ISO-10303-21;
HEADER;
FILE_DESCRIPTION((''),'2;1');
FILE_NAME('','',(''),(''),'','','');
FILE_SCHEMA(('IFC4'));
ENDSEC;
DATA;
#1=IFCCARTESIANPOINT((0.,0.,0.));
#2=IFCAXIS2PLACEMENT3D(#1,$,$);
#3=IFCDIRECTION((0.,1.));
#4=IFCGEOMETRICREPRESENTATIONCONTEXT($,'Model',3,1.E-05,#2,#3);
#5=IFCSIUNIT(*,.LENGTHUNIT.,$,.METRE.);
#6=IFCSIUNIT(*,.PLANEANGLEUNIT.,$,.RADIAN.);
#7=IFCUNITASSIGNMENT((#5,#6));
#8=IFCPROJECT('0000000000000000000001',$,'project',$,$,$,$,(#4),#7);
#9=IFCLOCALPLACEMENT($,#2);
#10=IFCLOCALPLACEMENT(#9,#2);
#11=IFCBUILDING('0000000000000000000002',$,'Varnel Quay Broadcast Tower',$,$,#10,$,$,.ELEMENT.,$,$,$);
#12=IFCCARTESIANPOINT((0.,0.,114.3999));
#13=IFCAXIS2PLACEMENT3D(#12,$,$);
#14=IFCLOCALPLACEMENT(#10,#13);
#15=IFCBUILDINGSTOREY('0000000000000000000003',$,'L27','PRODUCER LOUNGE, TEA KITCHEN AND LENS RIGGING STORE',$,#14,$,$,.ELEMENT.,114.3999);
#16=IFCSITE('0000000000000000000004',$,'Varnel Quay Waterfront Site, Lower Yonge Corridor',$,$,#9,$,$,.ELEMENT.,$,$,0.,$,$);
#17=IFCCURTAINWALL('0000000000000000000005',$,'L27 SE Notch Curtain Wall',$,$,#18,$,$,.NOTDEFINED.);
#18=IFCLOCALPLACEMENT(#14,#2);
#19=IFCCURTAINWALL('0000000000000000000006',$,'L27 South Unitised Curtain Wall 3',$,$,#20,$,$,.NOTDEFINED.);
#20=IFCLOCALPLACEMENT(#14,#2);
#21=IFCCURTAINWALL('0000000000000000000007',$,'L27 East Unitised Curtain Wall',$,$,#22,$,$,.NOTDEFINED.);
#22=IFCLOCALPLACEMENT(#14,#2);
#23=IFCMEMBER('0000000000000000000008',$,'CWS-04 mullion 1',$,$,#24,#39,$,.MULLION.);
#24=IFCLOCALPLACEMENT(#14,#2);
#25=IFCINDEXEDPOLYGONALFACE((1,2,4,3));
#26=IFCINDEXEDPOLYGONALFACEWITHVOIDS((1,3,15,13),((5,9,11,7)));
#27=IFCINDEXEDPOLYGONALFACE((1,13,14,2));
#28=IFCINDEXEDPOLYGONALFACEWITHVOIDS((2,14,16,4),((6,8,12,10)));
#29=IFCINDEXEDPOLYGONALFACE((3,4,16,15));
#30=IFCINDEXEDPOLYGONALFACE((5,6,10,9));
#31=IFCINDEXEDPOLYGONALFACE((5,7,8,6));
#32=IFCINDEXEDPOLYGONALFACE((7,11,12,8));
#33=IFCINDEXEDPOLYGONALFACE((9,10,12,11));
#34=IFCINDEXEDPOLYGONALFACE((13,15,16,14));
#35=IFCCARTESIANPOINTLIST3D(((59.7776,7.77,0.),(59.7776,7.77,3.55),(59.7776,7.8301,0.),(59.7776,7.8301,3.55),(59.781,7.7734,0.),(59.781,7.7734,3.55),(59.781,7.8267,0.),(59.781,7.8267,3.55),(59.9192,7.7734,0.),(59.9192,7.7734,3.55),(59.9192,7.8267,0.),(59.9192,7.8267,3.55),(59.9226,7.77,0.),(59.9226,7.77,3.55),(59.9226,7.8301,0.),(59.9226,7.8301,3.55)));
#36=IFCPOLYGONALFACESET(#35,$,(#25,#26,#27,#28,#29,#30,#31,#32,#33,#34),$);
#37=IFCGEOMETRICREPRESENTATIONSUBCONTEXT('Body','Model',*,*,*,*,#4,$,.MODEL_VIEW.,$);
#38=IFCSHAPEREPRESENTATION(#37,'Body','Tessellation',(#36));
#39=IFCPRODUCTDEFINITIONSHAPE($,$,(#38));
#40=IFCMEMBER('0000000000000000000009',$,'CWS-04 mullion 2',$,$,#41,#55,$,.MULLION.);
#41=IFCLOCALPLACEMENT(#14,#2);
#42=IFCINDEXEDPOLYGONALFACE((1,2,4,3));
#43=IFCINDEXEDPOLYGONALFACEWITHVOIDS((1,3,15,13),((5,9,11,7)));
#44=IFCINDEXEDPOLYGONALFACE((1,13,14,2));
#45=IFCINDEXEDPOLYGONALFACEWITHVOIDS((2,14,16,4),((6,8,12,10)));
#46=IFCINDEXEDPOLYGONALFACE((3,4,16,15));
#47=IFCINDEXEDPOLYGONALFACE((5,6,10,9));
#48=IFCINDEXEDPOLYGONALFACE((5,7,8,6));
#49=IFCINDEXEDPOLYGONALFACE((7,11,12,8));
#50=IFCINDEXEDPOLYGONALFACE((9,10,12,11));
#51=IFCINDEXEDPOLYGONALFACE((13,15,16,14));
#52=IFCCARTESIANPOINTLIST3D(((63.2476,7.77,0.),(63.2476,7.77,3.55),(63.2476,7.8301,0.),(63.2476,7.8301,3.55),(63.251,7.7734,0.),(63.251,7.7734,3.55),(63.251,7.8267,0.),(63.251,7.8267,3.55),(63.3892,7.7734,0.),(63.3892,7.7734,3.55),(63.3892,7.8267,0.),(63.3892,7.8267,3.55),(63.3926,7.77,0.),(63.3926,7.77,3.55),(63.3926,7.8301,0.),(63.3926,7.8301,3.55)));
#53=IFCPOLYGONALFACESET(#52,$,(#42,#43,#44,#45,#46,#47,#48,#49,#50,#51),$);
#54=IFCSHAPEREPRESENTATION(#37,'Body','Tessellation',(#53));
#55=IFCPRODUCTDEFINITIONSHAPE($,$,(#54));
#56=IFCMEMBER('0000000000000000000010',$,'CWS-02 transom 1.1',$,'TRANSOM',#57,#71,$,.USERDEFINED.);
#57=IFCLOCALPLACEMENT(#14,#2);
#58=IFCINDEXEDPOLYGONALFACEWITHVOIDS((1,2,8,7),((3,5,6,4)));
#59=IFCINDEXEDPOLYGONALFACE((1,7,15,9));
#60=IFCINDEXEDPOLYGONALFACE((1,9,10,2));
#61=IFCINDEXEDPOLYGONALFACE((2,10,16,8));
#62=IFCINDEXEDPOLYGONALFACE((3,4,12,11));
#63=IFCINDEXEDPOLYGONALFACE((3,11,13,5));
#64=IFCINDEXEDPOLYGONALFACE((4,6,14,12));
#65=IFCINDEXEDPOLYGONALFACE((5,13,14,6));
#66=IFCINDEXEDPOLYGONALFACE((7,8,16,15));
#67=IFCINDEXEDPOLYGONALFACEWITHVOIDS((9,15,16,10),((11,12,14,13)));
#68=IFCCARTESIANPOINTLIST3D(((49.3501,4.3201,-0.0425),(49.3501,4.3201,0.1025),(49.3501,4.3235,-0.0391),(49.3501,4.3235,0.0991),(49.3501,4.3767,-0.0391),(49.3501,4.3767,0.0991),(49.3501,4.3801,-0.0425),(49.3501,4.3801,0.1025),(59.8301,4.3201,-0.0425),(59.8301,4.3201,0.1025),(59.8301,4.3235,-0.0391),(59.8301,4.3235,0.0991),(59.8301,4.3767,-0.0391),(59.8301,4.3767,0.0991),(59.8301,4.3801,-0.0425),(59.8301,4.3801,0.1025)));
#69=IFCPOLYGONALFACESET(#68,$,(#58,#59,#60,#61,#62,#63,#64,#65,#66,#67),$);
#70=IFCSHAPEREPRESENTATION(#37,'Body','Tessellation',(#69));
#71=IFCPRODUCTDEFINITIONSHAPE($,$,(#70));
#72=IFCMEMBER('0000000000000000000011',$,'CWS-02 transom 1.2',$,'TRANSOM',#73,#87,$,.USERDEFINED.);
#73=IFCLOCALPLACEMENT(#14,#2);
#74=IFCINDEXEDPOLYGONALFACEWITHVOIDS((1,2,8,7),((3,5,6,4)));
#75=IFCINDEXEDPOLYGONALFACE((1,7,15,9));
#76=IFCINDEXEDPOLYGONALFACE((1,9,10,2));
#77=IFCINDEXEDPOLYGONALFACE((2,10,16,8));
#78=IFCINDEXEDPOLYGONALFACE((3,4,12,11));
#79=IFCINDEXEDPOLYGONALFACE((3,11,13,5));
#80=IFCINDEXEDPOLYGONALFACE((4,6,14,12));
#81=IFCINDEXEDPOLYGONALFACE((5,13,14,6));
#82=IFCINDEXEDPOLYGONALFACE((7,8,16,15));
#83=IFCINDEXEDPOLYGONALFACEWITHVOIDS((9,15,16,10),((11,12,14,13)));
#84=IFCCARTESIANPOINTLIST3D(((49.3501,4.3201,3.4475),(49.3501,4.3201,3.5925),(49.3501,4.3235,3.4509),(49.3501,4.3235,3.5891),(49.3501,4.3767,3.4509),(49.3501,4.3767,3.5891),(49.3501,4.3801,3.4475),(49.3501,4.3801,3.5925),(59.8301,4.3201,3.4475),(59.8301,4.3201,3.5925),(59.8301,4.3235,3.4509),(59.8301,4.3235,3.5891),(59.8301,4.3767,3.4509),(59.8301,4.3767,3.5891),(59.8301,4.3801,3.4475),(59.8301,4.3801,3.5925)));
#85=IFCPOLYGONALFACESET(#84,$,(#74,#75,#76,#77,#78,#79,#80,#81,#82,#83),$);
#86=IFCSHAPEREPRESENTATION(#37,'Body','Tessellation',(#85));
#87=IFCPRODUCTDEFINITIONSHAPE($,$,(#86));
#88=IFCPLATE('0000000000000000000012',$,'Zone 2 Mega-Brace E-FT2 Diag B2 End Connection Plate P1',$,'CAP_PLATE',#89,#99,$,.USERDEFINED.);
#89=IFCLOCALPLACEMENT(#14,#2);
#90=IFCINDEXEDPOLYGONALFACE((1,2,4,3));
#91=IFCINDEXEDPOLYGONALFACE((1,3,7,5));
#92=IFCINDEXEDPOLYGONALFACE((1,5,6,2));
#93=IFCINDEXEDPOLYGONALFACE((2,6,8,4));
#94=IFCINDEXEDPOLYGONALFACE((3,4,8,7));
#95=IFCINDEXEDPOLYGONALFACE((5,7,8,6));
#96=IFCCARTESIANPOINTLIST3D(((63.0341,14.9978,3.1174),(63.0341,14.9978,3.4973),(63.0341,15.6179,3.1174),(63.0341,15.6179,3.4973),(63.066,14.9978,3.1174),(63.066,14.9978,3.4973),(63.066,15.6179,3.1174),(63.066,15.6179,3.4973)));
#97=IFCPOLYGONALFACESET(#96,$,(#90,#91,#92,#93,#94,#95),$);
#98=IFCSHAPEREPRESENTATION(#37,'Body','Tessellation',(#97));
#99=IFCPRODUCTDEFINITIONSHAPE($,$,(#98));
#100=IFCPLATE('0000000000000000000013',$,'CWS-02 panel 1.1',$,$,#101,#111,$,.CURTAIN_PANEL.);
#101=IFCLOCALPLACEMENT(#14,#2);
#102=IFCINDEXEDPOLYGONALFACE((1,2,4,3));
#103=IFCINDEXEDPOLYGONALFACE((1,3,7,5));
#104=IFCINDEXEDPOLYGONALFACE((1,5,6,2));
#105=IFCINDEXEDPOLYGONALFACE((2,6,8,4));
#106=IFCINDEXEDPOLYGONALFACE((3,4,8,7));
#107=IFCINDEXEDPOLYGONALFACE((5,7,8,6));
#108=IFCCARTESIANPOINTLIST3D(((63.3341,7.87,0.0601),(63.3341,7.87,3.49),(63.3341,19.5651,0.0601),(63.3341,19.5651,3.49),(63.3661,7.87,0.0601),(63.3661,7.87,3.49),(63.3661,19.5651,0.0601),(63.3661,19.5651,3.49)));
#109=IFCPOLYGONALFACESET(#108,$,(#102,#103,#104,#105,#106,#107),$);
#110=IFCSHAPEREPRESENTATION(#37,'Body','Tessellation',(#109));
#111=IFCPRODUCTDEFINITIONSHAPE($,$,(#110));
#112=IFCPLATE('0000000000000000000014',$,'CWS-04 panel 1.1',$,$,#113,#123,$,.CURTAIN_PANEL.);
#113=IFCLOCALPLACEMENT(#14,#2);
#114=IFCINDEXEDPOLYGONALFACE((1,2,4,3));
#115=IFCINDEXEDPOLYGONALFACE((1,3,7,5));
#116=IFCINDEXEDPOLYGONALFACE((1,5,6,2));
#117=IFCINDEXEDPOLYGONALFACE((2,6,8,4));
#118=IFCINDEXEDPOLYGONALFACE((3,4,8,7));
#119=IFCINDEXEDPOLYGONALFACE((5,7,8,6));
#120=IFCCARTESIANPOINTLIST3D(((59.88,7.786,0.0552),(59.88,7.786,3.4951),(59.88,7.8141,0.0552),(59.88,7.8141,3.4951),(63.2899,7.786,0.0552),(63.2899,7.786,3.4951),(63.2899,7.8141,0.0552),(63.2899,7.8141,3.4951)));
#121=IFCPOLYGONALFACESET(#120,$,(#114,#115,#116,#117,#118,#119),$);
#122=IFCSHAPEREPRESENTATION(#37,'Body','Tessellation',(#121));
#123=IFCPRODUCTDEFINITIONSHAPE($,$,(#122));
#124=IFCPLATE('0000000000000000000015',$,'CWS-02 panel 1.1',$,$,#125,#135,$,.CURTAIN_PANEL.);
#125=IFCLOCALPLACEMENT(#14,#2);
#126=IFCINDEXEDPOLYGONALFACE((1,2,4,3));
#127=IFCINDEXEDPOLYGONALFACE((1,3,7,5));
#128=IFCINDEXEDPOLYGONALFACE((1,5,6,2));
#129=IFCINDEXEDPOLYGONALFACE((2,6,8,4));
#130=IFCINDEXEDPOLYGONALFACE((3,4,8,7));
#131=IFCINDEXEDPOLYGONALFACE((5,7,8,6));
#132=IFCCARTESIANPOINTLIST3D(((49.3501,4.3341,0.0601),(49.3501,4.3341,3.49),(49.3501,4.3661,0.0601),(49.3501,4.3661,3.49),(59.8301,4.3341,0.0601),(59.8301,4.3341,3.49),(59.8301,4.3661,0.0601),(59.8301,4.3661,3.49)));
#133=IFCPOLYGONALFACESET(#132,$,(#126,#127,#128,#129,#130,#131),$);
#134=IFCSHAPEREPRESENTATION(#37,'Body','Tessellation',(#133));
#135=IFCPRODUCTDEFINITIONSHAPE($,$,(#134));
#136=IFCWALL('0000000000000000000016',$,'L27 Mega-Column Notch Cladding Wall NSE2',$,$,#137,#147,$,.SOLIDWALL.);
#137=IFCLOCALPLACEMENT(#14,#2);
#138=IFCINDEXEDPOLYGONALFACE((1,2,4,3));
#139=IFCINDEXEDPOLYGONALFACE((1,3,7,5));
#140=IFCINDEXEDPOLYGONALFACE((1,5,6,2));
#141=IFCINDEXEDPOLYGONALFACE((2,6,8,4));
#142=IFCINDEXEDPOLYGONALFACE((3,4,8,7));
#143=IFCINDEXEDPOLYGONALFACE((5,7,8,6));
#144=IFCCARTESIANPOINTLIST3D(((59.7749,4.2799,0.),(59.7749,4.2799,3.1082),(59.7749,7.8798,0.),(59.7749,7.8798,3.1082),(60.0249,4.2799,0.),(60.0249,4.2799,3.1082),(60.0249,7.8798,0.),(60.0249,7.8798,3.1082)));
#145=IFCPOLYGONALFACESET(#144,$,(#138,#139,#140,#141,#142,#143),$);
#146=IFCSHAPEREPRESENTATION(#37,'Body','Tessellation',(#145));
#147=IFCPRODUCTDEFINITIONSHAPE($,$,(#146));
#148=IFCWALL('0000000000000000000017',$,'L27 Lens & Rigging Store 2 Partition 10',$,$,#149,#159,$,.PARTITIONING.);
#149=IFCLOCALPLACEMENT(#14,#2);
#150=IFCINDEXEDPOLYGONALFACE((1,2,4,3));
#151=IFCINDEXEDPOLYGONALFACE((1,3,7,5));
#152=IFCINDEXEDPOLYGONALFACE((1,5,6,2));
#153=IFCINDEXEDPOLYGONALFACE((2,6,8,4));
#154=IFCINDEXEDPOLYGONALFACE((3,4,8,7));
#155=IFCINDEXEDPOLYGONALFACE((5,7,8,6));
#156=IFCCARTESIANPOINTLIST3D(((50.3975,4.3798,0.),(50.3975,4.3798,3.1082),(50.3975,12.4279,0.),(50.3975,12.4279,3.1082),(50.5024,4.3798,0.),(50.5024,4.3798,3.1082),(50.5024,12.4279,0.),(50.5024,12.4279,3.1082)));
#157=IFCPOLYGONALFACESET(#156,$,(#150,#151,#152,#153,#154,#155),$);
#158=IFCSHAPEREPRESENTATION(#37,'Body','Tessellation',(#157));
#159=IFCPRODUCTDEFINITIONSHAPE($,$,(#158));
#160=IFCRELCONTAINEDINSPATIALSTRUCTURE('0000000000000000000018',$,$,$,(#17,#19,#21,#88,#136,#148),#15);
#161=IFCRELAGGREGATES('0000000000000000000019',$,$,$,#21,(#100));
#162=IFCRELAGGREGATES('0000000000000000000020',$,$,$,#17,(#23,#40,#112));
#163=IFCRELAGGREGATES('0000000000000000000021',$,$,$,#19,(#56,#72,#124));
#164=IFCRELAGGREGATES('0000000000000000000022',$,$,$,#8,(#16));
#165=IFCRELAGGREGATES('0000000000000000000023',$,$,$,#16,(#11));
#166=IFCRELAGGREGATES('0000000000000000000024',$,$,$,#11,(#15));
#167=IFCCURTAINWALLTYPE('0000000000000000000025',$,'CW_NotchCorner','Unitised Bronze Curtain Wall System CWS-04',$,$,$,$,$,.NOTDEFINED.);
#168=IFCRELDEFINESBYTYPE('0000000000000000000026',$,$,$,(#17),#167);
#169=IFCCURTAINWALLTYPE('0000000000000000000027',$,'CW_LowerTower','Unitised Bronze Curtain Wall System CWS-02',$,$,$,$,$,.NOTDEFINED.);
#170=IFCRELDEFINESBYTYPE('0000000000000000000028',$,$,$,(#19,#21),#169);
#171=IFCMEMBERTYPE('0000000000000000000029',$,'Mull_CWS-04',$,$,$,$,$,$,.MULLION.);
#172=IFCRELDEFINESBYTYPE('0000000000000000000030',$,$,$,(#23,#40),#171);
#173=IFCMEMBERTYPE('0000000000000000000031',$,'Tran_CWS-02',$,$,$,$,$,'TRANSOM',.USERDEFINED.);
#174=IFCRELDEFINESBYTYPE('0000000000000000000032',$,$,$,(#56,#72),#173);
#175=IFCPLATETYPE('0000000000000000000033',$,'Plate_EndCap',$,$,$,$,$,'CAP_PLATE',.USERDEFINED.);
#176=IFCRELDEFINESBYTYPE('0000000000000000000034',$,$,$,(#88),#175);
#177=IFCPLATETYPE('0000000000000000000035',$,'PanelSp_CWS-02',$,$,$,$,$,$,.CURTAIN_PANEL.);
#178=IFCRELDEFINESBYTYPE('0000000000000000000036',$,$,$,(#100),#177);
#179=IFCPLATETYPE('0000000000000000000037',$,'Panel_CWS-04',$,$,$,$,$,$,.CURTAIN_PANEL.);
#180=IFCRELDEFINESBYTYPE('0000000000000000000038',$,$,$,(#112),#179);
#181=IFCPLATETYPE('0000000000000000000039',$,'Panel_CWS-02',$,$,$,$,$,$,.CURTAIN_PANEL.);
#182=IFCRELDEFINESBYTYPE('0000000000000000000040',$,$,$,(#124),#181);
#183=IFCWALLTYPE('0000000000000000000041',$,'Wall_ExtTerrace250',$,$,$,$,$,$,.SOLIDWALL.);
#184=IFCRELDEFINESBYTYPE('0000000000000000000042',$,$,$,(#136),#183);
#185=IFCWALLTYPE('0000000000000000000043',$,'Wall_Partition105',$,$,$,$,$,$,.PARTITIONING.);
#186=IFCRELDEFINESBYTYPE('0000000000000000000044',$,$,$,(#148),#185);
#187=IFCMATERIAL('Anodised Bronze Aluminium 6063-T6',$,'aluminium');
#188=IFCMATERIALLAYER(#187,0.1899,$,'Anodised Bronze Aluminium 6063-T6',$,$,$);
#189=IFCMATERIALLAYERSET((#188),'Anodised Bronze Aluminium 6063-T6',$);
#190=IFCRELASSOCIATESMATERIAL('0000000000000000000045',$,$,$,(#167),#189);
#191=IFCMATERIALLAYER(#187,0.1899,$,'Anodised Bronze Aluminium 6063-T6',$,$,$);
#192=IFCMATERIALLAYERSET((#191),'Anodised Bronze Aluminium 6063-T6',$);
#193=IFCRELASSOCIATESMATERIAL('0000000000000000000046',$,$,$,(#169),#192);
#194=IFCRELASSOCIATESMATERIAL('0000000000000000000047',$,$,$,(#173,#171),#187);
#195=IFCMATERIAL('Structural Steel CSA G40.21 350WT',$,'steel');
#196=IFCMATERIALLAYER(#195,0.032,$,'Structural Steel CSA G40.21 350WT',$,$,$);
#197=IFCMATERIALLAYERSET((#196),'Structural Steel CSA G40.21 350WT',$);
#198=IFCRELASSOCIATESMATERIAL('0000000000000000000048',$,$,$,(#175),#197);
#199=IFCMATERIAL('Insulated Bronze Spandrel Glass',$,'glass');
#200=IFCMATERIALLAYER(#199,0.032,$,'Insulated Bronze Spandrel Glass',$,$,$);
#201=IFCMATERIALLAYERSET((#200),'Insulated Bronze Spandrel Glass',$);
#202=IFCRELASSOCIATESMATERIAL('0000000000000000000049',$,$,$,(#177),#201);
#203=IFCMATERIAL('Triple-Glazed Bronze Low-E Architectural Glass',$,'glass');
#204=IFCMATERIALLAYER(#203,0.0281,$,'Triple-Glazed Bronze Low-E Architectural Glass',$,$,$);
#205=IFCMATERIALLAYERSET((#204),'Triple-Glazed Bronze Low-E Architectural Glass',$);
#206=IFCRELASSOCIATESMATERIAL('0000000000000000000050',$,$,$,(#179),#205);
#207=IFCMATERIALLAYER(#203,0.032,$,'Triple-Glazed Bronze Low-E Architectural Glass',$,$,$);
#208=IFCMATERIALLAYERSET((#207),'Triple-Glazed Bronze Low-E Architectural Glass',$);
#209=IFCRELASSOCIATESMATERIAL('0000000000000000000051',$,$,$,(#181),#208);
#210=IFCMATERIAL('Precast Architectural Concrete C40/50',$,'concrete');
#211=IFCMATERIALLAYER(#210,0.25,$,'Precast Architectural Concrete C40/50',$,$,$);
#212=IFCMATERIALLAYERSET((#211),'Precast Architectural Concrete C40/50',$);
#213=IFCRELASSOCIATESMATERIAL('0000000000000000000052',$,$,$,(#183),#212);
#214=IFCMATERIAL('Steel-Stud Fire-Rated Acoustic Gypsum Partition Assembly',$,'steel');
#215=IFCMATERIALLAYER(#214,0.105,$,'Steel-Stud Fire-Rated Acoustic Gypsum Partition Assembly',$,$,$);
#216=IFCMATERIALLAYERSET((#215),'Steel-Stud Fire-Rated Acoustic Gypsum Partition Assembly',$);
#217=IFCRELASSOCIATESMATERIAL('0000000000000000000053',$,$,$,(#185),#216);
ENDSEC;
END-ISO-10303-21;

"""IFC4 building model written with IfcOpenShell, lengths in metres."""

from ifc_helpers import new_model, si_unit, direction, frame, frame_2d, origin, origin_2d, place, context, subcontext, project, spatial, rectangle, hollow_rectangle, extrude, source, transform, mapped, material, layer, layer_set, material_profile, profile_set, type_object, type_shapes, element, aggregate, save


model = new_model("IFC4")

# Units and contexts
model_context = context("Model", 3, precision=1e-05, world=origin(), true_north=direction((0.0, 1.0)))
body_context = subcontext(model_context, "Body", "Model", "MODEL_VIEW")
ifc_project = project(units=[si_unit("LENGTHUNIT", "METRE"), si_unit("PLANEANGLEUNIT", "RADIAN")], contexts=[model_context])

# Site, building, storey
site_placement = place(None, origin())
site = spatial("IfcSite", under=ifc_project, at=site_placement, Name="Varnel Quay Waterfront Site, Lower Yonge Corridor", CompositionType="ELEMENT", RefElevation=0.0)
building_placement = place(site_placement, origin())
building = spatial("IfcBuilding", under=site, at=building_placement, Name="Varnel Quay Broadcast Tower", CompositionType="ELEMENT")
storey_placement = place(building_placement, frame((0.0, 0.0, 114.3999)))
storey = spatial("IfcBuildingStorey", under=building, at=storey_placement, Name="L27", Description="PRODUCER LOUNGE, TEA KITCHEN AND LENS RIGGING STORE", CompositionType="ELEMENT", Elevation=114.3999)

# Shared definitions
ifc_material_1 = material(Name="Structural Steel CSA G40.21 350WT", Category="steel")

# Curtain walls
ifc_material_2 = material(Name="Anodised Bronze Aluminium 6063-T6", Category="aluminium")
ifc_layer_1 = layer(ifc_material_2, 0.1899, Name="Anodised Bronze Aluminium 6063-T6")
ifc_layer_set_1 = layer_set([ifc_layer_1], Name="Anodised Bronze Aluminium 6063-T6")
curtain_wall_type_1 = type_object("IfcCurtainWallType", Name="CW_NotchCorner", Description="Unitised Bronze Curtain Wall System CWS-04", PredefinedType="NOTDEFINED", material=ifc_layer_set_1)
curtain_wall_1_placement = place(storey_placement, origin())
curtain_wall_1 = element("IfcCurtainWall", 1, at=curtain_wall_1_placement, inside=storey, type_object=curtain_wall_type_1, Name="L27 SE Notch Curtain Wall", PredefinedType="NOTDEFINED")
ifc_layer_2 = layer(ifc_material_2, 0.1899, Name="Anodised Bronze Aluminium 6063-T6")
ifc_layer_set_2 = layer_set([ifc_layer_2], Name="Anodised Bronze Aluminium 6063-T6")
curtain_wall_type_2 = type_object("IfcCurtainWallType", Name="CW_LowerTower", Description="Unitised Bronze Curtain Wall System CWS-02", PredefinedType="NOTDEFINED", material=ifc_layer_set_2)
curtain_wall_2_placement = place(storey_placement, origin())
curtain_wall_2 = element("IfcCurtainWall", 2, at=curtain_wall_2_placement, inside=storey, type_object=curtain_wall_type_2, Name="L27 South Unitised Curtain Wall 3", PredefinedType="NOTDEFINED")
curtain_wall_3_placement = place(storey_placement, origin())
curtain_wall_3 = element("IfcCurtainWall", 3, at=curtain_wall_3_placement, inside=storey, type_object=curtain_wall_type_2, Name="L27 East Unitised Curtain Wall", PredefinedType="NOTDEFINED")
ifc_material_profile_1 = material_profile(ifc_material_2, hollow_rectangle(XDim=0.0601, YDim=0.145, WallThickness=0.0034, at=origin_2d()), Name="ALU60X145X3.5")
ifc_profile_set_1 = profile_set([ifc_material_profile_1], Name="Anodised Bronze Aluminium 6063-T6")
member_type_1 = type_object("IfcMemberType", Name="Tran_CWS-02", ElementType="TRANSOM", PredefinedType="USERDEFINED", material=ifc_profile_set_1)

# Members
ifc_material_profile_2 = material_profile(ifc_material_2, hollow_rectangle(XDim=0.0601, YDim=0.145, WallThickness=0.0034, at=origin_2d()), Name="ALU60X145X3.5")
ifc_profile_set_2 = profile_set([ifc_material_profile_2], Name="Anodised Bronze Aluminium 6063-T6")
member_type_2 = type_object("IfcMemberType", Name="Mull_CWS-04", PredefinedType="MULLION", material=ifc_profile_set_2)
shared_shape_1 = source(origin(), body_context, "Body", "SweptSolid", [
    extrude(hollow_rectangle(XDim=0.0601, YDim=0.145, WallThickness=0.0034, at=origin_2d()), origin(), (0.0, 0.0, 1.0), 3.55),
])
type_shapes(member_type_2, [shared_shape_1])
member_1_placement = place(storey_placement, frame((59.8501, 7.8, 0.0), z_axis=(0.0, 0.0, 1.0), x_axis=(0.0, 1.0, 0.0)))
member_1 = element("IfcMember", 4, at=member_1_placement, type_object=member_type_2, Name="CWS-04 mullion 1", PredefinedType="MULLION", context=body_context, shape_type="MappedRepresentation", body=[
    mapped(shared_shape_1, transform((0.0, 0.0, 0.0), x_axis=(1.0, 0.0, 0.0), y_axis=(0.0, 1.0, 0.0), z_axis=(0.0, 0.0, 1.0), scale=1.0)),
])
member_2_placement = place(storey_placement, frame((63.3201, 7.8, 0.0), z_axis=(0.0, 0.0, 1.0), x_axis=(0.0, 1.0, 0.0)))
member_2 = element("IfcMember", 5, at=member_2_placement, type_object=member_type_2, Name="CWS-04 mullion 2", PredefinedType="MULLION", context=body_context, shape_type="MappedRepresentation", body=[
    mapped(shared_shape_1, transform((0.0, 0.0, 0.0), x_axis=(1.0, 0.0, 0.0), y_axis=(0.0, 1.0, 0.0), z_axis=(0.0, 0.0, 1.0), scale=1.0)),
])
shared_shape_2 = source(origin(), body_context, "Body", "SweptSolid", [
    extrude(hollow_rectangle(XDim=0.0601, YDim=0.145, WallThickness=0.0034, at=origin_2d()), origin(), (0.0, 0.0, 1.0), 10.48),
])
member_3_placement = place(storey_placement, frame((49.3501, 4.3501, 0.03), z_axis=(1.0, 0.0, 0.0), x_axis=(0.0, 1.0, 0.0)))
member_3 = element("IfcMember", 6, at=member_3_placement, type_object=member_type_1, Name="CWS-02 transom 1.1", ObjectType="TRANSOM", PredefinedType="USERDEFINED", context=body_context, shape_type="MappedRepresentation", body=[
    mapped(shared_shape_2, transform((0.0, 0.0, 0.0), x_axis=(1.0, 0.0, 0.0), y_axis=(0.0, 1.0, 0.0), z_axis=(0.0, 0.0, 1.0), scale=1.0)),
])
member_4_placement = place(storey_placement, frame((49.3501, 4.3501, 3.52), z_axis=(1.0, 0.0, 0.0), x_axis=(0.0, 1.0, 0.0)))
member_4 = element("IfcMember", 7, at=member_4_placement, type_object=member_type_1, Name="CWS-02 transom 1.2", ObjectType="TRANSOM", PredefinedType="USERDEFINED", context=body_context, shape_type="MappedRepresentation", body=[
    mapped(shared_shape_2, transform((0.0, 0.0, 0.0), x_axis=(1.0, 0.0, 0.0), y_axis=(0.0, 1.0, 0.0), z_axis=(0.0, 0.0, 1.0), scale=1.0)),
])

# Plates
ifc_layer_3 = layer(ifc_material_1, 0.032, Name="Structural Steel CSA G40.21 350WT")
ifc_layer_set_3 = layer_set([ifc_layer_3], Name="Structural Steel CSA G40.21 350WT")
plate_type_1 = type_object("IfcPlateType", Name="Plate_EndCap", ElementType="CAP_PLATE", PredefinedType="USERDEFINED", material=ifc_layer_set_3)
shared_shape_3 = source(origin(), body_context, "Body", "SweptSolid", [
    extrude(rectangle(XDim=0.6201, YDim=0.032, at=origin_2d()), origin(), (0.0, 0.0, 1.0), 0.3799),
])
type_shapes(plate_type_1, [shared_shape_3])
plate_1_placement = place(storey_placement, frame((63.05, 15.3079, 3.1174), z_axis=(0.0, 0.0, 1.0), x_axis=(0.0, 1.0, 0.0)))
element("IfcPlate", 8, at=plate_1_placement, inside=storey, type_object=plate_type_1, Name="Zone 2 Mega-Brace E-FT2 Diag B2 End Connection Plate P1", ObjectType="CAP_PLATE", PredefinedType="USERDEFINED", context=body_context, shape_type="MappedRepresentation", body=[
    mapped(shared_shape_3, transform((0.0, 0.0, 0.0), x_axis=(1.0, 0.0, 0.0), y_axis=(0.0, 1.0, 0.0), z_axis=(0.0, 0.0, 1.0), scale=1.0)),
])
ifc_material_3 = material(Name="Insulated Bronze Spandrel Glass", Category="glass")
ifc_layer_4 = layer(ifc_material_3, 0.032, Name="Insulated Bronze Spandrel Glass")
ifc_layer_set_4 = layer_set([ifc_layer_4], Name="Insulated Bronze Spandrel Glass")
plate_type_2 = type_object("IfcPlateType", Name="PanelSp_CWS-02", PredefinedType="CURTAIN_PANEL", material=ifc_layer_set_4)
shared_shape_4 = source(origin(), body_context, "Body", "SweptSolid", [
    extrude(rectangle(XDim=11.6951, YDim=0.032, at=origin_2d()), origin(), (0.0, 0.0, 1.0), 3.4299),
])
type_shapes(plate_type_2, [shared_shape_4])
plate_2_placement = place(storey_placement, frame((63.3501, 13.7175, 0.0601), z_axis=(0.0, 0.0, 1.0), x_axis=(0.0, 1.0, 0.0)))
plate_2 = element("IfcPlate", 9, at=plate_2_placement, type_object=plate_type_2, Name="CWS-02 panel 1.1", PredefinedType="CURTAIN_PANEL", context=body_context, shape_type="MappedRepresentation", body=[
    mapped(shared_shape_4, transform((0.0, 0.0, 0.0), x_axis=(1.0, 0.0, 0.0), y_axis=(0.0, 1.0, 0.0), z_axis=(0.0, 0.0, 1.0), scale=1.0)),
])
aggregate(curtain_wall_3, [plate_2])
ifc_material_4 = material(Name="Triple-Glazed Bronze Low-E Architectural Glass", Category="glass")
ifc_layer_5 = layer(ifc_material_4, 0.0281, Name="Triple-Glazed Bronze Low-E Architectural Glass")
ifc_layer_set_5 = layer_set([ifc_layer_5], Name="Triple-Glazed Bronze Low-E Architectural Glass")
plate_type_3 = type_object("IfcPlateType", Name="Panel_CWS-04", PredefinedType="CURTAIN_PANEL", material=ifc_layer_set_5)
shared_shape_5 = source(origin(), body_context, "Body", "SweptSolid", [
    extrude(rectangle(XDim=3.4099, YDim=0.0281, at=origin_2d()), origin(), (0.0, 0.0, 1.0), 3.4399),
])
type_shapes(plate_type_3, [shared_shape_5])
plate_3_placement = place(storey_placement, frame((61.585, 7.8, 0.0552), z_axis=(0.0, 0.0, 1.0), x_axis=(1.0, 0.0, 0.0)))
plate_3 = element("IfcPlate", 10, at=plate_3_placement, type_object=plate_type_3, Name="CWS-04 panel 1.1", PredefinedType="CURTAIN_PANEL", context=body_context, shape_type="MappedRepresentation", body=[
    mapped(shared_shape_5, transform((0.0, 0.0, 0.0), x_axis=(1.0, 0.0, 0.0), y_axis=(0.0, 1.0, 0.0), z_axis=(0.0, 0.0, 1.0), scale=1.0)),
])
aggregate(curtain_wall_1, [member_1, member_2, plate_3])
ifc_layer_6 = layer(ifc_material_4, 0.032, Name="Triple-Glazed Bronze Low-E Architectural Glass")
ifc_layer_set_6 = layer_set([ifc_layer_6], Name="Triple-Glazed Bronze Low-E Architectural Glass")
plate_type_4 = type_object("IfcPlateType", Name="Panel_CWS-02", PredefinedType="CURTAIN_PANEL", material=ifc_layer_set_6)
shared_shape_6 = source(origin(), body_context, "Body", "SweptSolid", [
    extrude(rectangle(XDim=10.48, YDim=0.032, at=origin_2d()), origin(), (0.0, 0.0, 1.0), 3.4299),
])
type_shapes(plate_type_4, [shared_shape_6])
plate_4_placement = place(storey_placement, frame((54.5901, 4.3501, 0.0601), z_axis=(0.0, 0.0, 1.0), x_axis=(1.0, 0.0, 0.0)))
plate_4 = element("IfcPlate", 11, at=plate_4_placement, type_object=plate_type_4, Name="CWS-02 panel 1.1", PredefinedType="CURTAIN_PANEL", context=body_context, shape_type="MappedRepresentation", body=[
    mapped(shared_shape_6, transform((0.0, 0.0, 0.0), x_axis=(1.0, 0.0, 0.0), y_axis=(0.0, 1.0, 0.0), z_axis=(0.0, 0.0, 1.0), scale=1.0)),
])
aggregate(curtain_wall_2, [member_3, member_4, plate_4])

# Walls
ifc_material_5 = material(Name="Precast Architectural Concrete C40/50", Category="concrete")
ifc_layer_7 = layer(ifc_material_5, 0.25, Name="Precast Architectural Concrete C40/50")
ifc_layer_set_7 = layer_set([ifc_layer_7], Name="Precast Architectural Concrete C40/50")
wall_type_1 = type_object("IfcWallType", Name="Wall_ExtTerrace250", PredefinedType="SOLIDWALL", material=ifc_layer_set_7)
wall_1_placement = place(storey_placement, frame((59.8999, 4.28, 0.0), z_axis=(0.0, 0.0, 1.0), x_axis=(0.0, 1.0, 0.0)))
element("IfcWall", 12, at=wall_1_placement, inside=storey, type_object=wall_type_1, Name="L27 Mega-Column Notch Cladding Wall NSE2", PredefinedType="SOLIDWALL", context=body_context, shape_type="SweptSolid", body=[
    extrude(rectangle(XDim=3.5999, YDim=0.25, at=frame_2d((1.7998, 0.0))), origin(), (0.0, 0.0, 1.0), 3.1082),
])
ifc_material_6 = material(Name="Steel-Stud Fire-Rated Acoustic Gypsum Partition Assembly", Category="steel")
ifc_layer_8 = layer(ifc_material_6, 0.105, Name="Steel-Stud Fire-Rated Acoustic Gypsum Partition Assembly")
ifc_layer_set_8 = layer_set([ifc_layer_8], Name="Steel-Stud Fire-Rated Acoustic Gypsum Partition Assembly")
wall_type_2 = type_object("IfcWallType", Name="Wall_Partition105", PredefinedType="PARTITIONING", material=ifc_layer_set_8)
wall_2_placement = place(storey_placement, frame((50.45, 4.3799, 0.0), z_axis=(0.0, 0.0, 1.0), x_axis=(0.0, 1.0, 0.0)))
element("IfcWall", 13, at=wall_2_placement, inside=storey, type_object=wall_type_2, Name="L27 Lens & Rigging Store 2 Partition 10", PredefinedType="PARTITIONING", context=body_context, shape_type="SweptSolid", body=[
    extrude(rectangle(XDim=8.0481, YDim=0.105, at=frame_2d((4.0239, 0.0))), origin(), (0.0, 0.0, 1.0), 3.1082),
])

save(model, "model.ifc")
